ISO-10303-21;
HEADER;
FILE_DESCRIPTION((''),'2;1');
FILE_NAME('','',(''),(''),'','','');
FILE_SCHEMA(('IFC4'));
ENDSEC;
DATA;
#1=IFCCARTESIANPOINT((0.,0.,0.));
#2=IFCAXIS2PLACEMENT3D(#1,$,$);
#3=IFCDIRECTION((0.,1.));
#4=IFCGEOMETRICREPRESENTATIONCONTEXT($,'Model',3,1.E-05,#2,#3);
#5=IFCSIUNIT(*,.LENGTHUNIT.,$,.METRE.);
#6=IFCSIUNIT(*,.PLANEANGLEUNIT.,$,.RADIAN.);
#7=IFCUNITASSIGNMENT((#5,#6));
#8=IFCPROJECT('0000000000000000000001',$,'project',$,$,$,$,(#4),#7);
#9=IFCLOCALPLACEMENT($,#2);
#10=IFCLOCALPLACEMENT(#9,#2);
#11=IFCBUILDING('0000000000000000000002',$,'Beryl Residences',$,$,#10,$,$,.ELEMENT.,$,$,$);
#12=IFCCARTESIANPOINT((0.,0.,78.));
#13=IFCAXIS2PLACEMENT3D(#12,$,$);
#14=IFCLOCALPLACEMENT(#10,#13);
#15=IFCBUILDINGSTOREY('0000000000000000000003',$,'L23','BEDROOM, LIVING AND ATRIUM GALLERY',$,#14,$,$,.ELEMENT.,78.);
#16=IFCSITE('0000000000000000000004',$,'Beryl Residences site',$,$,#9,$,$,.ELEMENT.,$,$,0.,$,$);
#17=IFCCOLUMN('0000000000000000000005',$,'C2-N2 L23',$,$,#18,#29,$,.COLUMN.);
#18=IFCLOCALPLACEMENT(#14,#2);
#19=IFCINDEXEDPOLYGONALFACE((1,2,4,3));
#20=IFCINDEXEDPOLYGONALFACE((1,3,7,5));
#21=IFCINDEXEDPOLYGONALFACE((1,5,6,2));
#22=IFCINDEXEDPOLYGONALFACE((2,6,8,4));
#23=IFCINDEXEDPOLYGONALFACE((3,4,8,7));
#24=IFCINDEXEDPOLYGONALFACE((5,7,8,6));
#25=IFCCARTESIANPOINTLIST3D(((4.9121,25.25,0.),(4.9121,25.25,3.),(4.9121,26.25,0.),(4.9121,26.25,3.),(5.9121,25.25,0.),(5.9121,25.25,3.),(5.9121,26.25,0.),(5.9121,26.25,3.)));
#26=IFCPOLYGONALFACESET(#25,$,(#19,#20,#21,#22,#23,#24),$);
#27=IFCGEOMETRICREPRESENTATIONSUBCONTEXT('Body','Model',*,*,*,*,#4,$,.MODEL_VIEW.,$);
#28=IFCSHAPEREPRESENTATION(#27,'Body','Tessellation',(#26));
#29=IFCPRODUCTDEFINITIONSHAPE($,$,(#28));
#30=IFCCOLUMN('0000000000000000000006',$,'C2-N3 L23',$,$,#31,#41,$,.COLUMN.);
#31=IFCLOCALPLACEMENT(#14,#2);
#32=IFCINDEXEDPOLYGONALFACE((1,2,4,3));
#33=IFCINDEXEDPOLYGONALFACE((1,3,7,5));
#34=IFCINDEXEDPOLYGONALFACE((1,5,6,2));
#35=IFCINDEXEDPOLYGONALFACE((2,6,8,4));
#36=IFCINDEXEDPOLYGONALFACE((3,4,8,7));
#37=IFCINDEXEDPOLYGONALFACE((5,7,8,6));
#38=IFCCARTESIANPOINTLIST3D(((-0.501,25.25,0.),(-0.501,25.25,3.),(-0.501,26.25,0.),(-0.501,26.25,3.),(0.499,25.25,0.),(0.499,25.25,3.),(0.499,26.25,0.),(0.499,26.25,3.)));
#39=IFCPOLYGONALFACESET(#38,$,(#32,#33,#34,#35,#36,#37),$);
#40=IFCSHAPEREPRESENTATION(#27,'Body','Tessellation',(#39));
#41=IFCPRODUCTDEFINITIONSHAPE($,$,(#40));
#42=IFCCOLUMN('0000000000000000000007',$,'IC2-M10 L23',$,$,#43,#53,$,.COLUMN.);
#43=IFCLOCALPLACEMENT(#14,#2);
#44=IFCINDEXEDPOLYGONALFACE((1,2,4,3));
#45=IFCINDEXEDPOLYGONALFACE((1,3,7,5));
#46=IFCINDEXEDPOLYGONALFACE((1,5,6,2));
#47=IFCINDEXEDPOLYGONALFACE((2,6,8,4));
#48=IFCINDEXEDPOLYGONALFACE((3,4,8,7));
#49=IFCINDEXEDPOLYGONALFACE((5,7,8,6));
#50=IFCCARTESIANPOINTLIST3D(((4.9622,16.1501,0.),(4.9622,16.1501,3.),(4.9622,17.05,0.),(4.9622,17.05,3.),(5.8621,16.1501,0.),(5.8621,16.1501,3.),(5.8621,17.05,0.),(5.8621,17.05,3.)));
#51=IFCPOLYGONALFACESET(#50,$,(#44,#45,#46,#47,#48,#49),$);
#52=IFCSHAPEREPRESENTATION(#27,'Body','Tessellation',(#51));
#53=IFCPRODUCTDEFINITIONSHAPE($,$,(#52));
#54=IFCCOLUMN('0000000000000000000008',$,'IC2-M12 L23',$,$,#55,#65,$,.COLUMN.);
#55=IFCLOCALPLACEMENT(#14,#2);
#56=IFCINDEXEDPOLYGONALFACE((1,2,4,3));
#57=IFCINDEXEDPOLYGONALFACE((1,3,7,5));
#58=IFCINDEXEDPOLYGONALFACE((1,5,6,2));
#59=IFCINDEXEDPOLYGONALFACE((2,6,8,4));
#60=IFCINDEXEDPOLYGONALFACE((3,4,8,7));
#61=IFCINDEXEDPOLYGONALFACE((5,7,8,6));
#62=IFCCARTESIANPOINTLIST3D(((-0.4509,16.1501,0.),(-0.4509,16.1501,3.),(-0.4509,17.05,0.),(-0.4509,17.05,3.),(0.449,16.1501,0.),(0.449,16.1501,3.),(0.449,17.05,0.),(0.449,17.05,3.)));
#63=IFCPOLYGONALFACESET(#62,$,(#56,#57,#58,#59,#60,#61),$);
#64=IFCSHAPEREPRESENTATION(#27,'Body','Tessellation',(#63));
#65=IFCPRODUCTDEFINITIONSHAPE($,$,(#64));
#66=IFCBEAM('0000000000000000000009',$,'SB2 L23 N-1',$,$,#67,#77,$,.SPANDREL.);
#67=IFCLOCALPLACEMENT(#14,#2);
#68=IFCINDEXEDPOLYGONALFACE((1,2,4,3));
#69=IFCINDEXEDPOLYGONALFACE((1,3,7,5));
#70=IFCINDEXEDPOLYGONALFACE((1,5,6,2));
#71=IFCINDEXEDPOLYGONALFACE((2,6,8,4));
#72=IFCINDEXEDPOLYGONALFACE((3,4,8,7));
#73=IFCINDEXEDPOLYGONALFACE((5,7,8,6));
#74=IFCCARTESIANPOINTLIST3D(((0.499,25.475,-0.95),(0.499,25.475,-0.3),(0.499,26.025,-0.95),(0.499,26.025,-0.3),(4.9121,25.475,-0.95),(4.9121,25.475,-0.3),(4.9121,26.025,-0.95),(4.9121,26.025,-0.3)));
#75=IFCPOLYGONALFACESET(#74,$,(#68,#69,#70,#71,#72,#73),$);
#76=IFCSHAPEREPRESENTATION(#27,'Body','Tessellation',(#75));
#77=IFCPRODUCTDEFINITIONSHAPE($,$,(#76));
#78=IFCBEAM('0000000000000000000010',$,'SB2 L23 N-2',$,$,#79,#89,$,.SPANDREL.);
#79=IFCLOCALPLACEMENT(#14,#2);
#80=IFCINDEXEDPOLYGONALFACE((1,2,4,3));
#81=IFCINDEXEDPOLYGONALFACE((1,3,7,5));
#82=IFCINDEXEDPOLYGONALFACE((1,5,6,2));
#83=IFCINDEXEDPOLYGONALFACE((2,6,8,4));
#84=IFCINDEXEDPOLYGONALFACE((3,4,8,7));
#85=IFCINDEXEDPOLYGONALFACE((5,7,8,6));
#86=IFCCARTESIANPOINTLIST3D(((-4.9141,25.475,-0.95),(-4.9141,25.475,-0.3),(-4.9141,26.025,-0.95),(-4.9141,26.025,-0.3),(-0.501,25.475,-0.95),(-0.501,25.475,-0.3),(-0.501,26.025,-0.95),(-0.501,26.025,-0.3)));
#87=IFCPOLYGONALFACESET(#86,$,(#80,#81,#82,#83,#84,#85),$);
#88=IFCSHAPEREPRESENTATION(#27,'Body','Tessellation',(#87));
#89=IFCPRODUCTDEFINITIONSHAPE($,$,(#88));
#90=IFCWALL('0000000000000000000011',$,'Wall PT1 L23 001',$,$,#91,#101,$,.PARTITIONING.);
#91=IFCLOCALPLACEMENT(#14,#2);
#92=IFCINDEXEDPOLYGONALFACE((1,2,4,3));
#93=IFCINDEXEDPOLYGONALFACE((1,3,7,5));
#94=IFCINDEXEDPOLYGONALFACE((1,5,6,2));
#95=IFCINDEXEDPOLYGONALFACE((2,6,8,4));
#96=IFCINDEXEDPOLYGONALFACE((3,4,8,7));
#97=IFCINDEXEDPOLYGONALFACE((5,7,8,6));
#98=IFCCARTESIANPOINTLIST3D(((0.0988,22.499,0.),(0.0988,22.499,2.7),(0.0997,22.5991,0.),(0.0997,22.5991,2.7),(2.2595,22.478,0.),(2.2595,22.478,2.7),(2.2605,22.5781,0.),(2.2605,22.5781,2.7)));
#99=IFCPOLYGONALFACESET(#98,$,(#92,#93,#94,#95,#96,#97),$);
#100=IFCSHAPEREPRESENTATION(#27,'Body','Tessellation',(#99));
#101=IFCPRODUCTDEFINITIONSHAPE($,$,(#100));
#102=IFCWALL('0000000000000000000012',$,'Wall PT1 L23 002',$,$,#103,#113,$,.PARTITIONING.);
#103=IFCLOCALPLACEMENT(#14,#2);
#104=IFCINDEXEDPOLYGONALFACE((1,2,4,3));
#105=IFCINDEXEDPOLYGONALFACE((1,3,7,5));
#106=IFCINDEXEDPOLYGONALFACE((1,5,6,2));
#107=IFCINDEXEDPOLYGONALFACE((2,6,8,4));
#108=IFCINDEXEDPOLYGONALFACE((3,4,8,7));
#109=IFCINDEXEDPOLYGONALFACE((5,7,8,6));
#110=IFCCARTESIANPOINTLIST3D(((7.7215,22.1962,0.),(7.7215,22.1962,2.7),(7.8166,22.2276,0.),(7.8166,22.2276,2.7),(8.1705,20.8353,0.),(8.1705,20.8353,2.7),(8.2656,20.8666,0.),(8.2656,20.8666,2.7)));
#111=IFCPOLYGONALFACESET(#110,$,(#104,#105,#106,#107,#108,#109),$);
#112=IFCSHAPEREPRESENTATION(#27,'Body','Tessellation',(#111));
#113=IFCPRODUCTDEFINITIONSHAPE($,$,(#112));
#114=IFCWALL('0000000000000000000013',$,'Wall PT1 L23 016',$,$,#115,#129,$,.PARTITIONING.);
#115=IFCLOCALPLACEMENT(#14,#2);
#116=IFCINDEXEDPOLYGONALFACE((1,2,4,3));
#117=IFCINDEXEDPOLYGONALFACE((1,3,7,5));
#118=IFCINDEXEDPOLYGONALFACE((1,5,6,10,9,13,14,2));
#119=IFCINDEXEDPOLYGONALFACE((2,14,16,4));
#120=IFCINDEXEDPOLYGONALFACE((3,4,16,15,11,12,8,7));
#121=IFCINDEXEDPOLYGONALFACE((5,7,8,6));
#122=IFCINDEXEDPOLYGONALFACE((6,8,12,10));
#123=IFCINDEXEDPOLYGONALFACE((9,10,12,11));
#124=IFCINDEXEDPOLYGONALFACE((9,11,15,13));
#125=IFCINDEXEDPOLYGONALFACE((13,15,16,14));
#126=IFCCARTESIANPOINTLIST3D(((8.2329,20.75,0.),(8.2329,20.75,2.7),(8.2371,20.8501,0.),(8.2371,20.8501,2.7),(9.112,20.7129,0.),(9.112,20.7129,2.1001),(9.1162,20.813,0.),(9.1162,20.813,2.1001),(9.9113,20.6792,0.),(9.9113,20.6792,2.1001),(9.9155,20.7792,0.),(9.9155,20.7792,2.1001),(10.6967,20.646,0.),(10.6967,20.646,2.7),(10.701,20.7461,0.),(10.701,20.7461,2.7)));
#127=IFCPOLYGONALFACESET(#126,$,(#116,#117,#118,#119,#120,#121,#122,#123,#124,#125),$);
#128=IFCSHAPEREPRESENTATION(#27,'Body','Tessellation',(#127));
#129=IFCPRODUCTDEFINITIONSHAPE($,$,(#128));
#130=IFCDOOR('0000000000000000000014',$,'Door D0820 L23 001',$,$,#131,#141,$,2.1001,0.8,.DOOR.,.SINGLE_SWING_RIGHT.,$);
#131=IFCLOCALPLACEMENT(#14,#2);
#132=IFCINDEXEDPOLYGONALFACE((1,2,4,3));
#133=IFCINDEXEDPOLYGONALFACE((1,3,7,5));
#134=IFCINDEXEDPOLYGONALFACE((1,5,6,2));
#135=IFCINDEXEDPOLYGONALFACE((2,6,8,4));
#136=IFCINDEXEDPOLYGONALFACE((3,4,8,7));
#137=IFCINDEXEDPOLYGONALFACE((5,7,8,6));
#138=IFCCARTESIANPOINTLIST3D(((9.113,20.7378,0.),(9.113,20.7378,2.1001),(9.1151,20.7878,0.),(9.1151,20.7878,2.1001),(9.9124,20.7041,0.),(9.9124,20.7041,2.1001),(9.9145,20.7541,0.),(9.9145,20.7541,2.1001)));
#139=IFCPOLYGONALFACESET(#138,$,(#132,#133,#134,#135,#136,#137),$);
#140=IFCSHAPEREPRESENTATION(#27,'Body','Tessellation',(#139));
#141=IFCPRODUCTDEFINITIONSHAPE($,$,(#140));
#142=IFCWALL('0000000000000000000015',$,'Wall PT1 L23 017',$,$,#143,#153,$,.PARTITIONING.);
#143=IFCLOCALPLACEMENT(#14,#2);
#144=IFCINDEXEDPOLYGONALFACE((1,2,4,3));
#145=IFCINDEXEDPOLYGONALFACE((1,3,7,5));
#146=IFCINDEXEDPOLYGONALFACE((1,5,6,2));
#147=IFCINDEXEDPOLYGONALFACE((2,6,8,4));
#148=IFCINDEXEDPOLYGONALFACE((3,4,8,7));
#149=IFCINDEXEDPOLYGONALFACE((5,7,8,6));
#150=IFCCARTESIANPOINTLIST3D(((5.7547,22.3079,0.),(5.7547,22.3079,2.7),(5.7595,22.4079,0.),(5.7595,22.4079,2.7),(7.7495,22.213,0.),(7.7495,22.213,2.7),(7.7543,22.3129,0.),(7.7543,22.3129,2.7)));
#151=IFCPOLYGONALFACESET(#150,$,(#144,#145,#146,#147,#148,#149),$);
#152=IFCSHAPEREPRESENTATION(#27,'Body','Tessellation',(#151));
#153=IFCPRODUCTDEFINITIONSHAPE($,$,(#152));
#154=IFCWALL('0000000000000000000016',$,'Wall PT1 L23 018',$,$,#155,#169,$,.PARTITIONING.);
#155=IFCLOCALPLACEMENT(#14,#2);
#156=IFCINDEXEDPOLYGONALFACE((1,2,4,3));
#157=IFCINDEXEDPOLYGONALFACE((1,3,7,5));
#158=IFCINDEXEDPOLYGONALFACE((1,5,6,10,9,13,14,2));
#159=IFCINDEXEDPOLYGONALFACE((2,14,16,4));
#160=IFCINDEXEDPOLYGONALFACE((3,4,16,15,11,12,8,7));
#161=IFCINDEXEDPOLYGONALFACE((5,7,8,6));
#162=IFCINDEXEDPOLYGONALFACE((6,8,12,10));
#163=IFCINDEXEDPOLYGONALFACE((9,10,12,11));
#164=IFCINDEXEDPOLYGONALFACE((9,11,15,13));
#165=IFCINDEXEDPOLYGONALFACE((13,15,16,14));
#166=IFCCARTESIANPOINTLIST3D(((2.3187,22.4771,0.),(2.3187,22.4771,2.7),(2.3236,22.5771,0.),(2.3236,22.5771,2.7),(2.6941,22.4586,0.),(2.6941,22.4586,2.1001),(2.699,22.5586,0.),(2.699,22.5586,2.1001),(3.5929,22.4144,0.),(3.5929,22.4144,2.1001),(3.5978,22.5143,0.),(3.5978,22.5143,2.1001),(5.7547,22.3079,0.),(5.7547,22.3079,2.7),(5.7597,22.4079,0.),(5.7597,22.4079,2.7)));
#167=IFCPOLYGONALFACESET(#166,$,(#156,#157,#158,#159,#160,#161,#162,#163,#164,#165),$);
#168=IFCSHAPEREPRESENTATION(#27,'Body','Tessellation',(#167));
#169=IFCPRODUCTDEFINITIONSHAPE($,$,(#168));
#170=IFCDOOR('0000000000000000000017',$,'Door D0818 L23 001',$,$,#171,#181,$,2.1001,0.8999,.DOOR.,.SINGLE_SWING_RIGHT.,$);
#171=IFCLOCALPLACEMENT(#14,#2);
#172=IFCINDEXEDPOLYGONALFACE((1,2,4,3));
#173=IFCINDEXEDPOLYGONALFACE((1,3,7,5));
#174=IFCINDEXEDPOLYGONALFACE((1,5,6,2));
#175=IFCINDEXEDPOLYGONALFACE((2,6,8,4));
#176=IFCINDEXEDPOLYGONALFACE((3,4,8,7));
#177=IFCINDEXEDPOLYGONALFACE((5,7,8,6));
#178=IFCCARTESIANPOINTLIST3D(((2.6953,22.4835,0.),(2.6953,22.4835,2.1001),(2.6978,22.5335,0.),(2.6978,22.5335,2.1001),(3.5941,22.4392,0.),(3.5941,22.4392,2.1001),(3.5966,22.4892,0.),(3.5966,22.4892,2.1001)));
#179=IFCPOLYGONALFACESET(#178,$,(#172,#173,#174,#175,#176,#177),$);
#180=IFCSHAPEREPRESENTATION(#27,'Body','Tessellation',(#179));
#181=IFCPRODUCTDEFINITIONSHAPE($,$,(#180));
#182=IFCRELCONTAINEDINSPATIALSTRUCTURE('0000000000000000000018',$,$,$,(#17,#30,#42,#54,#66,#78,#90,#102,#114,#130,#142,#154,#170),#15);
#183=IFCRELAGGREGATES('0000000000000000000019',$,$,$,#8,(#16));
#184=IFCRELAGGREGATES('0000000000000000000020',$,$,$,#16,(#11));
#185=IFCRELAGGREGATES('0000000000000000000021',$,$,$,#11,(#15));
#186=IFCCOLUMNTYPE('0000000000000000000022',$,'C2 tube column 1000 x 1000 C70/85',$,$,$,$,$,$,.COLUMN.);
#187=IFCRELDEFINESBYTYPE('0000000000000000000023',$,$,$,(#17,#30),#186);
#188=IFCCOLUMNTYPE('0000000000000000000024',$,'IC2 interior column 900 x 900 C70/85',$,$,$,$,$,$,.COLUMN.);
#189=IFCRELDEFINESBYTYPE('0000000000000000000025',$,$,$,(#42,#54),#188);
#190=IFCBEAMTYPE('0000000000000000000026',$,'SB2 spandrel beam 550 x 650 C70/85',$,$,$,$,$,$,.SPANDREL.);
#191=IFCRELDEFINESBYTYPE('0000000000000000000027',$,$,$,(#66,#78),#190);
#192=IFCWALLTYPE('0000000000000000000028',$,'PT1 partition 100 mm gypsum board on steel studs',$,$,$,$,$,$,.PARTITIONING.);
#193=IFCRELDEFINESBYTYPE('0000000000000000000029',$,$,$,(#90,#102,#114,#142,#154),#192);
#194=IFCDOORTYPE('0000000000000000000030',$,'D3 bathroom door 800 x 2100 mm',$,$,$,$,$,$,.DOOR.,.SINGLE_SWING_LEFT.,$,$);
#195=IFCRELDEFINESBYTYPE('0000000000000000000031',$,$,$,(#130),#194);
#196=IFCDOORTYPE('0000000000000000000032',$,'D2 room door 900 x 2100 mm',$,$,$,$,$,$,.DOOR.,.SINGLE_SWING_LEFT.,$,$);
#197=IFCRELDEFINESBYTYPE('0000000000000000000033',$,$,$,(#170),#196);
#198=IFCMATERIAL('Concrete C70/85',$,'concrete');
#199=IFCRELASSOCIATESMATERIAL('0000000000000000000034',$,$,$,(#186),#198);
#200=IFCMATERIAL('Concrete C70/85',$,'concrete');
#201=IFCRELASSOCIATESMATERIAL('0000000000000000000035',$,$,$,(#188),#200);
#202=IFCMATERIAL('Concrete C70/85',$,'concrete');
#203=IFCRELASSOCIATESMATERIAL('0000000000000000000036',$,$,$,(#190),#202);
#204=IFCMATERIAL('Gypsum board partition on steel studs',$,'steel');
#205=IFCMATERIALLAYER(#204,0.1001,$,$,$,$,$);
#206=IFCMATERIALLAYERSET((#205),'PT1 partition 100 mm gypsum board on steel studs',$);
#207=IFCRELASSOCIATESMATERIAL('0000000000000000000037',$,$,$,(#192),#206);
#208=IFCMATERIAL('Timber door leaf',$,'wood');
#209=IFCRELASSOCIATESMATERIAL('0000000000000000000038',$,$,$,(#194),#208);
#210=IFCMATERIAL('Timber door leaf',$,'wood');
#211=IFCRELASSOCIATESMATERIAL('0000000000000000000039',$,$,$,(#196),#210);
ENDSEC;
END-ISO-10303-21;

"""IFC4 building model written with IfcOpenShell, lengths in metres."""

from ifc_helpers import new_model, si_unit, direction, frame, frame_2d, origin, origin_2d, place, context, subcontext, project, spatial, rectangle, extrude, material, layer, layer_set, material_profile, profile_set, type_object, element, fill, save


model = new_model("IFC4")

# Units and contexts
model_context = context("Model", 3, precision=1e-05, world=origin(), true_north=direction((0.0, 1.0)))
body_context = subcontext(model_context, "Body", "Model", "MODEL_VIEW")
ifc_project = project(units=[si_unit("LENGTHUNIT", "METRE"), si_unit("PLANEANGLEUNIT", "RADIAN")], contexts=[model_context])

# Site, building, storey
site_placement = place(None, origin())
site = spatial("IfcSite", under=ifc_project, at=site_placement, Name="Beryl Residences site", CompositionType="ELEMENT", RefElevation=0.0)
building_placement = place(site_placement, origin())
building = spatial("IfcBuilding", under=site, at=building_placement, Name="Beryl Residences", CompositionType="ELEMENT")
storey_placement = place(building_placement, frame((0.0, 0.0, 78.0)))
storey = spatial("IfcBuildingStorey", under=building, at=storey_placement, Name="L23", Description="BEDROOM, LIVING AND ATRIUM GALLERY", CompositionType="ELEMENT", Elevation=78.0)

# Columns
ifc_material_1 = material(Name="Concrete C70/85", Category="concrete")
ifc_material_profile_1 = material_profile(ifc_material_1, rectangle(XDim=1.0, YDim=1.0, at=origin_2d()))
ifc_profile_set_1 = profile_set([ifc_material_profile_1], Name="Concrete C70/85")
column_type_1 = type_object("IfcColumnType", Name="C2 tube column 1000 x 1000 C70/85", PredefinedType="COLUMN", material=ifc_profile_set_1)
for number, where, z_axis, x_axis, name in (
    (1, (5.4121, 25.75, 0.0), (0.0, 0.0, 1.0), (-1.0, 0.0, 0.0), "C2-N2 L23"),
    (2, (-0.001, 25.75, 0.0), (0.0, 0.0, 1.0), (-1.0, 0.0, 0.0), "C2-N3 L23"),
):
    element("IfcColumn", number, at=place(storey_placement, frame(where, z_axis=z_axis, x_axis=x_axis)), inside=storey, type_object=column_type_1, Name=name, PredefinedType="COLUMN", context=body_context, shape_type="SweptSolid", body=[
        extrude(rectangle(XDim=1.0, YDim=1.0, at=origin_2d()), origin(), (0.0, 0.0, 1.0), 3.0),
    ])
ifc_material_2 = material(Name="Concrete C70/85", Category="concrete")
ifc_material_profile_2 = material_profile(ifc_material_2, rectangle(XDim=0.8999, YDim=0.8999, at=origin_2d()))
ifc_profile_set_2 = profile_set([ifc_material_profile_2], Name="Concrete C70/85")
column_type_2 = type_object("IfcColumnType", Name="IC2 interior column 900 x 900 C70/85", PredefinedType="COLUMN", material=ifc_profile_set_2)
for number, where, z_axis, x_axis, name in (
    (3, (5.4121, 16.6001, 0.0), (0.0, 0.0, 1.0), (-1.0, 0.0, 0.0), "IC2-M10 L23"),
    (4, (-0.001, 16.6001, 0.0), (0.0, 0.0, 1.0), (-1.0, 0.0, 0.0), "IC2-M12 L23"),
):
    element("IfcColumn", number, at=place(storey_placement, frame(where, z_axis=z_axis, x_axis=x_axis)), inside=storey, type_object=column_type_2, Name=name, PredefinedType="COLUMN", context=body_context, shape_type="SweptSolid", body=[
        extrude(rectangle(XDim=0.8999, YDim=0.8999, at=origin_2d()), origin(), (0.0, 0.0, 1.0), 3.0),
    ])

# Beams
ifc_material_3 = material(Name="Concrete C70/85", Category="concrete")
ifc_material_profile_3 = material_profile(ifc_material_3, rectangle(XDim=0.55, YDim=0.6499, at=origin_2d()))
ifc_profile_set_3 = profile_set([ifc_material_profile_3], Name="Concrete C70/85")
beam_type = type_object("IfcBeamType", Name="SB2 spandrel beam 550 x 650 C70/85", PredefinedType="SPANDREL", material=ifc_profile_set_3)
for number, where, z_axis, x_axis, name in (
    (5, (4.9121, 25.75, -0.625), (-1.0, 0.0, 0.0), (0.0, -1.0, 0.0), "SB2 L23 N-1"),
    (6, (-0.501, 25.75, -0.625), (-1.0, 0.0, 0.0), (0.0, -1.0, 0.0), "SB2 L23 N-2"),
):
    element("IfcBeam", number, at=place(storey_placement, frame(where, z_axis=z_axis, x_axis=x_axis)), inside=storey, type_object=beam_type, Name=name, PredefinedType="SPANDREL", context=body_context, shape_type="SweptSolid", body=[
        extrude(rectangle(XDim=0.55, YDim=0.6499, at=origin_2d()), origin(), (0.0, 0.0, 1.0), 4.4131),
    ])

# Walls
ifc_material_4 = material(Name="Gypsum board partition on steel studs", Category="steel")
ifc_layer_1 = layer(ifc_material_4, 0.1001)
ifc_layer_set_1 = layer_set([ifc_layer_1], Name="PT1 partition 100 mm gypsum board on steel studs")
wall_type_1 = type_object("IfcWallType", Name="PT1 partition 100 mm gypsum board on steel studs", PredefinedType="PARTITIONING", material=ifc_layer_set_1)
wall_1_placement = place(storey_placement, frame((0.0991, 22.5491, 0.0), z_axis=(0.0, 0.0, 1.0), x_axis=(0.999953, -0.009716, 0.0)))
element("IfcWall", 7, at=wall_1_placement, inside=storey, type_object=wall_type_1, Name="Wall PT1 L23 001", PredefinedType="PARTITIONING", context=body_context, shape_type="SweptSolid", body=[
    extrude(rectangle(XDim=2.1609, YDim=0.1001, at=frame_2d((1.0806, 0.0))), origin(), (0.0, 0.0, 1.0), 2.7),
])
wall_2_placement = place(storey_placement, frame((7.769, 22.2119, 0.0), z_axis=(0.0, 0.0, 1.0), x_axis=(0.313313, -0.94965, 0.0)))
element("IfcWall", 8, at=wall_2_placement, inside=storey, type_object=wall_type_1, Name="Wall PT1 L23 002", PredefinedType="PARTITIONING", context=body_context, shape_type="SweptSolid", body=[
    extrude(rectangle(XDim=1.4331, YDim=0.1001, at=frame_2d((0.7166, 0.0))), origin(), (0.0, 0.0, 1.0), 2.7),
])

# Wall, opening, door
wall_3_placement = place(storey_placement, frame((8.2351, 20.8, 0.0), z_axis=(0.0, 0.0, 1.0), x_axis=(0.99911, -0.042174, 0.0)))
wall_3 = element("IfcWall", 9, at=wall_3_placement, inside=storey, type_object=wall_type_1, Name="Wall PT1 L23 016", PredefinedType="PARTITIONING", context=body_context, shape_type="SweptSolid", body=[
    extrude(rectangle(XDim=2.4661, YDim=0.1001, at=frame_2d((1.2329, 0.0))), origin(), (0.0, 0.0, 1.0), 2.7),
])
opening_1_placement = place(wall_3_placement, frame((0.8799, 0.0, 0.0)))
opening_1 = element("IfcOpeningElement", 10, at=opening_1_placement, cuts=wall_3, PredefinedType="OPENING", context=body_context, shape_type="SweptSolid", body=[
    extrude(rectangle(XDim=0.8, YDim=2.1001, at=frame_2d((0.3999, 1.05))), frame((0.0, 0.0601, 0.0), z_axis=(0.0, -1.0, 0.0), x_axis=(1.0, 0.0, 0.0)), (0.0, 0.0, 1.0), 0.1201),
])
ifc_material_5 = material(Name="Timber door leaf", Category="wood")
door_type_1 = type_object("IfcDoorType", Name="D3 bathroom door 800 x 2100 mm", OperationType="SINGLE_SWING_LEFT", PredefinedType="DOOR", material=ifc_material_5)
door_1_placement = place(opening_1_placement, origin())
door_1 = element("IfcDoor", 11, at=door_1_placement, inside=storey, type_object=door_type_1, Name="Door D0820 L23 001", OperationType="SINGLE_SWING_RIGHT", OverallHeight=2.1001, OverallWidth=0.8, PredefinedType="DOOR", context=body_context, shape_type="SweptSolid", body=[
    extrude(rectangle(XDim=0.8, YDim=2.1001, at=frame_2d((0.3999, 1.05))), frame((0.0, 0.0249, 0.0), z_axis=(0.0, -1.0, 0.0), x_axis=(1.0, 0.0, 0.0)), (0.0, 0.0, 1.0), 0.05),
])
fill(opening_1, door_1)

# Wall
wall_4_placement = place(storey_placement, frame((5.7571, 22.3579, 0.0), z_axis=(0.0, 0.0, 1.0), x_axis=(0.998869, -0.047554, 0.0)))
element("IfcWall", 12, at=wall_4_placement, inside=storey, type_object=wall_type_1, Name="Wall PT1 L23 017", PredefinedType="PARTITIONING", context=body_context, shape_type="SweptSolid", body=[
    extrude(rectangle(XDim=1.9971, YDim=0.1001, at=frame_2d((0.9985, 0.0))), origin(), (0.0, 0.0, 1.0), 2.7),
])

# Wall, opening, door
wall_5_placement = place(storey_placement, frame((2.321, 22.5271, 0.0), z_axis=(0.0, 0.0, 1.0), x_axis=(0.99879, -0.04918, 0.0)))
wall_5 = element("IfcWall", 13, at=wall_5_placement, inside=storey, type_object=wall_type_1, Name="Wall PT1 L23 018", PredefinedType="PARTITIONING", context=body_context, shape_type="SweptSolid", body=[
    extrude(rectangle(XDim=3.4402, YDim=0.1001, at=frame_2d((1.7202, 0.0))), origin(), (0.0, 0.0, 1.0), 2.7),
])
opening_2_placement = place(wall_5_placement, frame((0.376, 0.0, 0.0)))
opening_2 = element("IfcOpeningElement", 14, at=opening_2_placement, cuts=wall_5, PredefinedType="OPENING", context=body_context, shape_type="SweptSolid", body=[
    extrude(rectangle(XDim=0.8999, YDim=2.1001, at=frame_2d((0.45, 1.05))), frame((0.0, 0.0601, 0.0), z_axis=(0.0, -1.0, 0.0), x_axis=(1.0, 0.0, 0.0)), (0.0, 0.0, 1.0), 0.1201),
])
ifc_material_6 = material(Name="Timber door leaf", Category="wood")
door_type_2 = type_object("IfcDoorType", Name="D2 room door 900 x 2100 mm", OperationType="SINGLE_SWING_LEFT", PredefinedType="DOOR", material=ifc_material_6)
door_2_placement = place(opening_2_placement, origin())
door_2 = element("IfcDoor", 15, at=door_2_placement, inside=storey, type_object=door_type_2, Name="Door D0818 L23 001", OperationType="SINGLE_SWING_RIGHT", OverallHeight=2.1001, OverallWidth=0.8999, PredefinedType="DOOR", context=body_context, shape_type="SweptSolid", body=[
    extrude(rectangle(XDim=0.8999, YDim=2.1001, at=frame_2d((0.45, 1.05))), frame((0.0, 0.0249, 0.0), z_axis=(0.0, -1.0, 0.0), x_axis=(1.0, 0.0, 0.0)), (0.0, 0.0, 1.0), 0.05),
])
fill(opening_2, door_2)

save(model, "model.ifc")
